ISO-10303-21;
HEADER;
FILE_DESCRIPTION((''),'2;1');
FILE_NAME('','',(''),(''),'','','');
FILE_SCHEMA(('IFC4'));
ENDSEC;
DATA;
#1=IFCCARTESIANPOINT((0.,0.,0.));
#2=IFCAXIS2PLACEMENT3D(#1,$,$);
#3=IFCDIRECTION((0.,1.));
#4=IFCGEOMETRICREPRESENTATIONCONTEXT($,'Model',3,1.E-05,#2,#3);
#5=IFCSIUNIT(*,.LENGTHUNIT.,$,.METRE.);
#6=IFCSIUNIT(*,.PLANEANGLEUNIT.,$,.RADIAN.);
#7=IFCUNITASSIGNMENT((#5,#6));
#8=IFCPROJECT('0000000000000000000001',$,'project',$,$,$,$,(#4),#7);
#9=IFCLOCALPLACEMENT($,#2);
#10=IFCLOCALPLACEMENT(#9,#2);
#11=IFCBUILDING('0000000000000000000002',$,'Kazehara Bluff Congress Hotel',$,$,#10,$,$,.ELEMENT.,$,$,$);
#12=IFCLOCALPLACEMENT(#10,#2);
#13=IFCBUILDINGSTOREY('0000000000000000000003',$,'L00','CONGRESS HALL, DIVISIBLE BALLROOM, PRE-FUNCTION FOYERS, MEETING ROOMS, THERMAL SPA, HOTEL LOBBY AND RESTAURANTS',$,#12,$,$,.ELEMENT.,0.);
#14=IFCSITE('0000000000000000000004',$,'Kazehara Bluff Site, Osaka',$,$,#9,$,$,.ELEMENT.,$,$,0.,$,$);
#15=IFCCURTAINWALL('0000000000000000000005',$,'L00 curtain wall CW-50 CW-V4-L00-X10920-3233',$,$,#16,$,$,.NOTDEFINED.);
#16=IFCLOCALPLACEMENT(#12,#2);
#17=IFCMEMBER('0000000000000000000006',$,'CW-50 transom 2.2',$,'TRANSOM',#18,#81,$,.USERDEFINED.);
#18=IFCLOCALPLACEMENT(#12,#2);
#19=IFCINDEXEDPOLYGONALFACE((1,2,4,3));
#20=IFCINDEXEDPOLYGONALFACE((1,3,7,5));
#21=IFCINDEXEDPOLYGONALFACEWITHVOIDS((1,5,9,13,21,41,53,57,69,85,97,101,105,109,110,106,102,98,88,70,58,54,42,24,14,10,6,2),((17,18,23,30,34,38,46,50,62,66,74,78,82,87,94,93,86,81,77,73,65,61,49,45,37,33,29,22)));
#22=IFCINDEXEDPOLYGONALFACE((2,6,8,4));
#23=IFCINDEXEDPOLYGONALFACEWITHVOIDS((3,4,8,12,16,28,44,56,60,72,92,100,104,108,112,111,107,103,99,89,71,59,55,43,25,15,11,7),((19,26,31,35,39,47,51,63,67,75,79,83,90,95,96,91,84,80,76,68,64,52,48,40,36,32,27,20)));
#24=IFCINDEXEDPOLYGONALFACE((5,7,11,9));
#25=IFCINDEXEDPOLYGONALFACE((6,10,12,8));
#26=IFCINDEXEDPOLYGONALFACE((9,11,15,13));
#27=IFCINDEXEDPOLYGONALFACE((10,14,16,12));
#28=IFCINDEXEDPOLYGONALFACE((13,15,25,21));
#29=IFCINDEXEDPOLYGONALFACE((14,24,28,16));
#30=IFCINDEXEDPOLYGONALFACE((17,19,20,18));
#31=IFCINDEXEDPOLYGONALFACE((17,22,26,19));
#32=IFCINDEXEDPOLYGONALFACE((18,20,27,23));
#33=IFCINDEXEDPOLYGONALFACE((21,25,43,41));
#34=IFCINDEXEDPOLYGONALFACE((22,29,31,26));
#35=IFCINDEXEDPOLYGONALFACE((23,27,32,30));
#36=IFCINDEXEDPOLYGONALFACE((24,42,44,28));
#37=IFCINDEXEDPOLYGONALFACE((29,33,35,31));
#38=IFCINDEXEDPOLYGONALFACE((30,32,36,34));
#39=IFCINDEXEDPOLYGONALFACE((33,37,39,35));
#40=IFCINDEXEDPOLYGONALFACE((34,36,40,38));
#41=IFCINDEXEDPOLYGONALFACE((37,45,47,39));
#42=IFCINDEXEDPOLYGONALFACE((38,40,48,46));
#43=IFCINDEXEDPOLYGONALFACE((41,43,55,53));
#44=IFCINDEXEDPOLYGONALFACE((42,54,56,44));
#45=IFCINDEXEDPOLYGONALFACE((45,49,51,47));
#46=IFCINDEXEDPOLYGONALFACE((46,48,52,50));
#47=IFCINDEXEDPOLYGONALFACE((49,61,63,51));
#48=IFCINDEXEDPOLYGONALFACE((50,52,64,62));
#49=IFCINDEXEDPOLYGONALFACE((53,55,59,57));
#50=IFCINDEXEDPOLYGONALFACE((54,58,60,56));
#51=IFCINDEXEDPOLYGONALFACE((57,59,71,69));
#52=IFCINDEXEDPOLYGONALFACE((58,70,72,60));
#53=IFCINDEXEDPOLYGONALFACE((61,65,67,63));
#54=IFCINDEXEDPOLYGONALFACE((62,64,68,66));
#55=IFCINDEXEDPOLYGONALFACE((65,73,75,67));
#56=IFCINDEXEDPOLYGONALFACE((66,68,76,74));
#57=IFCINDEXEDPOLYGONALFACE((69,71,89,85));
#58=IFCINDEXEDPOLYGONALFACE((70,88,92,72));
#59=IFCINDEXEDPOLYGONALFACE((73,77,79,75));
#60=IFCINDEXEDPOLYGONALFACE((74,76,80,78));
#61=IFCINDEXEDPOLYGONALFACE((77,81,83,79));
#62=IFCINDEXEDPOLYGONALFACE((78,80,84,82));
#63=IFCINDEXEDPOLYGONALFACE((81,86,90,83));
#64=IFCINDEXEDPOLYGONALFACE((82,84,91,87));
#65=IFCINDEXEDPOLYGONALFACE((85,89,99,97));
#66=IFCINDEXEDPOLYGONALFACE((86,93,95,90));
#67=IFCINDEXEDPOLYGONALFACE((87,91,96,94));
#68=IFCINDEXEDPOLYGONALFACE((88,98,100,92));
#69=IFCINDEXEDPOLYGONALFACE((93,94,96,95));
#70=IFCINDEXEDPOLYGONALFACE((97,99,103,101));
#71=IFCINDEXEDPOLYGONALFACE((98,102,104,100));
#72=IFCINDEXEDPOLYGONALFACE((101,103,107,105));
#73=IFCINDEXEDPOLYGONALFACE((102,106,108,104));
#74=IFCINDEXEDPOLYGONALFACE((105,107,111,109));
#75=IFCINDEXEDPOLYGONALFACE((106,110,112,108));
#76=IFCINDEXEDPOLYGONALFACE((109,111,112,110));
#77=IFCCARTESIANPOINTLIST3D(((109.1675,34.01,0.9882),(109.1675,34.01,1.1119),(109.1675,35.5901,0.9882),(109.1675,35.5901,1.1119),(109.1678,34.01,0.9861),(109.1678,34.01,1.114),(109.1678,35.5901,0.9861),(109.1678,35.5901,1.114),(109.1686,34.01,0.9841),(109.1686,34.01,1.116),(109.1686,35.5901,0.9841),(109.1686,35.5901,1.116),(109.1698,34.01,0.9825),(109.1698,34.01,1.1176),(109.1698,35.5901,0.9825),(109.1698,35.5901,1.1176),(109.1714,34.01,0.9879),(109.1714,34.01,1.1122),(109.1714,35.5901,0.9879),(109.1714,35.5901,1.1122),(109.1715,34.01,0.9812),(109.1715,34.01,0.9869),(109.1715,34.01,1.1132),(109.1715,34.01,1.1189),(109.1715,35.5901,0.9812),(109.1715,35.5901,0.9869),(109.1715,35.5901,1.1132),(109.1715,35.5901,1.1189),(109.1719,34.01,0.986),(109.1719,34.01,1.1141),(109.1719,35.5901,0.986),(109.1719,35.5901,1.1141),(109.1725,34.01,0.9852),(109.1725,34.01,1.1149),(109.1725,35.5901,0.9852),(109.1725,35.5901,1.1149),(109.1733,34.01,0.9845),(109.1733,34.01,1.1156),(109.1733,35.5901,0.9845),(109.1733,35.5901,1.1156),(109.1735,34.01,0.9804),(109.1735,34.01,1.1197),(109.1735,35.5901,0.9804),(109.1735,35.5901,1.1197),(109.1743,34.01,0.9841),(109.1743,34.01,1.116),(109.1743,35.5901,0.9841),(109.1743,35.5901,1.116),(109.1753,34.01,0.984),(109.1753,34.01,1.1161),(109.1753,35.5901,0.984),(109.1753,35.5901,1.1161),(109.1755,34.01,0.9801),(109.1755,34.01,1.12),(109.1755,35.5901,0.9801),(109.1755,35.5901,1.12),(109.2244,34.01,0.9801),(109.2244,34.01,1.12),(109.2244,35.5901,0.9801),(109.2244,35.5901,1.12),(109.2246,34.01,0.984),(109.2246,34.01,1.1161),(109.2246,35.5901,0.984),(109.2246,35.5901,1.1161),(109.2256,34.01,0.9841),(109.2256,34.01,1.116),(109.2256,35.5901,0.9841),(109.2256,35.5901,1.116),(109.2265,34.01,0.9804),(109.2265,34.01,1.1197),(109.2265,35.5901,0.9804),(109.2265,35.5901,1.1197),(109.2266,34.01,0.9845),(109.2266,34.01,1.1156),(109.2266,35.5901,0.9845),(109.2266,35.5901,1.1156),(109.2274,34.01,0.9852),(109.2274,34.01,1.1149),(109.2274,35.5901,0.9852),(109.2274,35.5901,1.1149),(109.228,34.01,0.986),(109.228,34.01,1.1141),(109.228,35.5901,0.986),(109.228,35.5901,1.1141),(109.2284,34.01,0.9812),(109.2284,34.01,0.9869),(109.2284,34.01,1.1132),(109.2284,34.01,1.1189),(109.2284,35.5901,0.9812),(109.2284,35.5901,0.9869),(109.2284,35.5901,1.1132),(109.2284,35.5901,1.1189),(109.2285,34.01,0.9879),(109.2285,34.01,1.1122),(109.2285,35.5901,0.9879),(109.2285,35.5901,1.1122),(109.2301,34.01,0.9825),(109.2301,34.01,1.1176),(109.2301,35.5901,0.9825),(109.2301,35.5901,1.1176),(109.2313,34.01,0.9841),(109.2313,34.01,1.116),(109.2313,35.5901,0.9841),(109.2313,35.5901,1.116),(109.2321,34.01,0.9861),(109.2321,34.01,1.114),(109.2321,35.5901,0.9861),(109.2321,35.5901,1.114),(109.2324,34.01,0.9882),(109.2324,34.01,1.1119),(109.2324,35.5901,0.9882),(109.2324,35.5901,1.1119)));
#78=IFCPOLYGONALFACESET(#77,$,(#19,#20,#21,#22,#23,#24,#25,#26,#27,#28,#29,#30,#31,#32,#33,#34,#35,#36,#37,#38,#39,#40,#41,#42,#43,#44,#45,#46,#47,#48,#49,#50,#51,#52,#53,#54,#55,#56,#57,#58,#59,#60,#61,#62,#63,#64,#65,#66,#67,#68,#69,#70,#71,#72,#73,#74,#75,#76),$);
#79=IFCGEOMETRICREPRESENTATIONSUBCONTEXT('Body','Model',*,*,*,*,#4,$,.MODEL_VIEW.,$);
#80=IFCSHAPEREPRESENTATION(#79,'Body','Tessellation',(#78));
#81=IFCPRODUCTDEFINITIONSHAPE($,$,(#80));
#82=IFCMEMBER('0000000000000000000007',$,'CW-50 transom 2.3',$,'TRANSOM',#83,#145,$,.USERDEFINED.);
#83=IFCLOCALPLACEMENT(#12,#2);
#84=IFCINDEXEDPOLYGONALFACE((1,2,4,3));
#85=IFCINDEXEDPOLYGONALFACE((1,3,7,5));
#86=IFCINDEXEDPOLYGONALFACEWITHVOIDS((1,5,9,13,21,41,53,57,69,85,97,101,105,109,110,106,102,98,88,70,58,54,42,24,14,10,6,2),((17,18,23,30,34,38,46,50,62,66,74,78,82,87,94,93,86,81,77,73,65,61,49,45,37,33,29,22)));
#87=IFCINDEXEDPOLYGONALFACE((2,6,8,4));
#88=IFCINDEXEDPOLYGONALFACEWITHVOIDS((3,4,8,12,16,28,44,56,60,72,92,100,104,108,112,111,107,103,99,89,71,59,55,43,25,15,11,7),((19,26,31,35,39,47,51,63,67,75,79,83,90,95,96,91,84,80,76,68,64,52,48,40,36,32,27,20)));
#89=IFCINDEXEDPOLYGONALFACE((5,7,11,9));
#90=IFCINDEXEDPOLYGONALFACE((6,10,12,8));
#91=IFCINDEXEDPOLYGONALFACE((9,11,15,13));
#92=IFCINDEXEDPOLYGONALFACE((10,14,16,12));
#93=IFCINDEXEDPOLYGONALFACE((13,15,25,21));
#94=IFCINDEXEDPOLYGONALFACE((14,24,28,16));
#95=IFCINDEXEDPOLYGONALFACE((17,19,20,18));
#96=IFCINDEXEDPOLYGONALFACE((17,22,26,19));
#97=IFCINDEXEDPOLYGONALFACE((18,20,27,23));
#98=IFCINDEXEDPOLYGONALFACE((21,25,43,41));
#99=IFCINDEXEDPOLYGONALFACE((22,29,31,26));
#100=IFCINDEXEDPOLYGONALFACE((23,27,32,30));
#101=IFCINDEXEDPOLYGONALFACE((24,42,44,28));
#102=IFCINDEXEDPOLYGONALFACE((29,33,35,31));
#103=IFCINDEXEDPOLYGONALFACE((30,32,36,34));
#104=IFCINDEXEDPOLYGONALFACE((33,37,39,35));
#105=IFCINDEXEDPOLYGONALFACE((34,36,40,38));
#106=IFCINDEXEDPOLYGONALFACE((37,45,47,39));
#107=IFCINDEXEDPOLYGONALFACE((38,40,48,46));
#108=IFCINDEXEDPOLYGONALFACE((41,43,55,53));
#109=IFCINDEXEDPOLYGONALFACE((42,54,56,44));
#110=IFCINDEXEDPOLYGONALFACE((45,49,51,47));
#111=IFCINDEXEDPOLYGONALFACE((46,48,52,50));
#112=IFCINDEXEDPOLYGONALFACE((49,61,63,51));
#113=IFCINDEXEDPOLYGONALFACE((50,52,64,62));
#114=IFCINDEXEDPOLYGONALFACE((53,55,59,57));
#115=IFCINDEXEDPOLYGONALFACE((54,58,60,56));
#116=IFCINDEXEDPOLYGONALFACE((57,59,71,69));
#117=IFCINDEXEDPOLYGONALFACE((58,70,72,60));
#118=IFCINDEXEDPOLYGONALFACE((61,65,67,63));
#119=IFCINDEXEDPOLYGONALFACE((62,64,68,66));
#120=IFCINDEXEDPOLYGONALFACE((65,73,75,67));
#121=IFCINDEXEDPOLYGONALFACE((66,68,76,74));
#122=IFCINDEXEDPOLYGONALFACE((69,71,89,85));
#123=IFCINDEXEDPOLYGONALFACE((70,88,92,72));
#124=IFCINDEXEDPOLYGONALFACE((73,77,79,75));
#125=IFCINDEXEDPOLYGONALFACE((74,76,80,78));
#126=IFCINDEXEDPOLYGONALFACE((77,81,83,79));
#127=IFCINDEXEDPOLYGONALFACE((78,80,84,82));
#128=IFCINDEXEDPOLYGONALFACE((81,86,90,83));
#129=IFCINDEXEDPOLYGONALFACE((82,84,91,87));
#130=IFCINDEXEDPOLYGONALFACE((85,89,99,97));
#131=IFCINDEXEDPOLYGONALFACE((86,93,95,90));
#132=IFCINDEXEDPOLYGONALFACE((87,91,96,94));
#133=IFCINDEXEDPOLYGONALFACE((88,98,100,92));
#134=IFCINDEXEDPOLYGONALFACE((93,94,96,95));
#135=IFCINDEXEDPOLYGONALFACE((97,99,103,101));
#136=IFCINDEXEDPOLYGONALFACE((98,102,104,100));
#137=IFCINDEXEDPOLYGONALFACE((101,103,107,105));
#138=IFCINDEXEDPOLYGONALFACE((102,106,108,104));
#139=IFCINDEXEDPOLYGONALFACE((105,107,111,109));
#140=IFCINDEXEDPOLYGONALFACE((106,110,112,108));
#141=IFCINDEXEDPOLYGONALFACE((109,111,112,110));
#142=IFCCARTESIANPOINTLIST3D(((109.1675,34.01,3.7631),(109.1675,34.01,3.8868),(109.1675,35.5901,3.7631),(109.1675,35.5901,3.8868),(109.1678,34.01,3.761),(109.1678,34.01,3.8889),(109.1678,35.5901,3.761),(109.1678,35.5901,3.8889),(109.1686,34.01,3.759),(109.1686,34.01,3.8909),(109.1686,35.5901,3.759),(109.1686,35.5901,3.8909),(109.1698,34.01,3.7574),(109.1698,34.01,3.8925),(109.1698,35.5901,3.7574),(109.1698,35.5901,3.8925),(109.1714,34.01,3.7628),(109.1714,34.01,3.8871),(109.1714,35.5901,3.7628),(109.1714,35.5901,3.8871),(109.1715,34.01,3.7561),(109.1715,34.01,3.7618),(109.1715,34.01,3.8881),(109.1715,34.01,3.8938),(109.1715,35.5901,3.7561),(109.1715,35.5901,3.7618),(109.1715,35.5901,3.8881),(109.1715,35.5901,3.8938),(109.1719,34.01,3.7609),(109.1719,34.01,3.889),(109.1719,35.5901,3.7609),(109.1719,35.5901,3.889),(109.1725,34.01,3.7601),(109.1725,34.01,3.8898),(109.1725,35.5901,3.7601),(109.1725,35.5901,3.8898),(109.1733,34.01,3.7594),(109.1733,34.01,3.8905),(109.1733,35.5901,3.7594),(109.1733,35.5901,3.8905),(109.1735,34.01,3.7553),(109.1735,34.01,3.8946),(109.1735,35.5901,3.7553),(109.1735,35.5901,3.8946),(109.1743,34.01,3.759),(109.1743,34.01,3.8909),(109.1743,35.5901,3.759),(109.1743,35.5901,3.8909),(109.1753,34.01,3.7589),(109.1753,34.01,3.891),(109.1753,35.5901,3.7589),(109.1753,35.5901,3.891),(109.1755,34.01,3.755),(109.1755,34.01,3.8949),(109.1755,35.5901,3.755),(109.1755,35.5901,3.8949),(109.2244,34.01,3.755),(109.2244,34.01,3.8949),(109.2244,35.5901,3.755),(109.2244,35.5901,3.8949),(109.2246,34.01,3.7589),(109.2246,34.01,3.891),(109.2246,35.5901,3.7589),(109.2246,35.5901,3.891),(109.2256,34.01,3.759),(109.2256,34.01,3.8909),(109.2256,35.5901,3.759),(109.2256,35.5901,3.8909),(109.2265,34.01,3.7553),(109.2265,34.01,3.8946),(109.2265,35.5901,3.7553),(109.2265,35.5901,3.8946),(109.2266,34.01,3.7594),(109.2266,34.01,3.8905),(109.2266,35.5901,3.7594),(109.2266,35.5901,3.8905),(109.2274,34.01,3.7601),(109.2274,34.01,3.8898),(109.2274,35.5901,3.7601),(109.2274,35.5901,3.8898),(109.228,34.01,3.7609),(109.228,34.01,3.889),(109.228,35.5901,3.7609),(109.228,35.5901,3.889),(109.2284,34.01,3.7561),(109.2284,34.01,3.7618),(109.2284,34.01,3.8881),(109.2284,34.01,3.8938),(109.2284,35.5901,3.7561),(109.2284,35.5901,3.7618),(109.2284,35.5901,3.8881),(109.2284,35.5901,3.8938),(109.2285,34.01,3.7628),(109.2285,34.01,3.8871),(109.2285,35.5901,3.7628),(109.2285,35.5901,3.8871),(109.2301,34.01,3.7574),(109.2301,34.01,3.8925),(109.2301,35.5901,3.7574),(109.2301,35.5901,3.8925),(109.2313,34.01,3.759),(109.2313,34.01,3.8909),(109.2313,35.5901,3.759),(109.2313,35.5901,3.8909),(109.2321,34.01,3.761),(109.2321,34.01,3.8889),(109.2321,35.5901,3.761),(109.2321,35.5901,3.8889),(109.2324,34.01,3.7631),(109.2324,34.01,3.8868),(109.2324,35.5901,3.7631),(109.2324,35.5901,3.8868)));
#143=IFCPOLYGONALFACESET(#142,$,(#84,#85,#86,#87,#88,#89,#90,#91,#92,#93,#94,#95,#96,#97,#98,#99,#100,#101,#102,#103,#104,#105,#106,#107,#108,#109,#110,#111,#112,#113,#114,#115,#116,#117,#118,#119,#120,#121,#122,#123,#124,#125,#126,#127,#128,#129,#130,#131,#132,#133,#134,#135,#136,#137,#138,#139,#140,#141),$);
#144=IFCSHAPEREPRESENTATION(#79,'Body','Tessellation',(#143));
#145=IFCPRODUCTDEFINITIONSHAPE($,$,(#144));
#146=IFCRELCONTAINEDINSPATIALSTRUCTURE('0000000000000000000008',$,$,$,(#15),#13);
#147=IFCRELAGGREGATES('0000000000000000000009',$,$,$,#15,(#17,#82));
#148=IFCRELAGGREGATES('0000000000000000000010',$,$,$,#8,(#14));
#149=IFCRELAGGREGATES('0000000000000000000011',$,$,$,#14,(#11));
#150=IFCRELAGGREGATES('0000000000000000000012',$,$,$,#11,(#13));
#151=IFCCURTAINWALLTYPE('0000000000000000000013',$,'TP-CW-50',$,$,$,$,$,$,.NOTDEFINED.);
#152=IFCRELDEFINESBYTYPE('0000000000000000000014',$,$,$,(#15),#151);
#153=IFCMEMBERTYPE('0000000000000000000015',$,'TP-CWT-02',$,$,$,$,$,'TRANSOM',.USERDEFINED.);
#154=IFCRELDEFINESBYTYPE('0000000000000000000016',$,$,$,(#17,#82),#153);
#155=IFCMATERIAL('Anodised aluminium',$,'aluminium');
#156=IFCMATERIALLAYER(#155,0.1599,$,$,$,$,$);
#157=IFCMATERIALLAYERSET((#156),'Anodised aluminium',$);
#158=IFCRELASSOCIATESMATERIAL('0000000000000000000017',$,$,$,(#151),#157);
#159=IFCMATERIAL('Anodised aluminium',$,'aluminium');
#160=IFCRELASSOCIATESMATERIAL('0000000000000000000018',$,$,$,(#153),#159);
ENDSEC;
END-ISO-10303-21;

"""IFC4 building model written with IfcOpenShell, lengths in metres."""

from ifc_helpers import new_model, si_unit, direction, frame, origin, origin_2d, place, context, subcontext, project, spatial, hollow_rectangle, extrude, material, layer, layer_set, material_profile, profile_set, type_object, element, aggregate, save


model = new_model("IFC4")

# Units and contexts
model_context = context("Model", 3, precision=1e-05, world=origin(), true_north=direction((0.0, 1.0)))
body_context = subcontext(model_context, "Body", "Model", "MODEL_VIEW")
ifc_project = project(units=[si_unit("LENGTHUNIT", "METRE"), si_unit("PLANEANGLEUNIT", "RADIAN")], contexts=[model_context])

# Site, building, storey
site_placement = place(None, origin())
site = spatial("IfcSite", under=ifc_project, at=site_placement, Name="Kazehara Bluff Site, Osaka", CompositionType="ELEMENT", RefElevation=0.0)
building_placement = place(site_placement, origin())
building = spatial("IfcBuilding", under=site, at=building_placement, Name="Kazehara Bluff Congress Hotel", CompositionType="ELEMENT")
storey_placement = place(building_placement, origin())
storey = spatial("IfcBuildingStorey", under=building, at=storey_placement, Name="L00", Description="CONGRESS HALL, DIVISIBLE BALLROOM, PRE-FUNCTION FOYERS, MEETING ROOMS, THERMAL SPA, HOTEL LOBBY AND RESTAURANTS", CompositionType="ELEMENT", Elevation=0.0)

# Curtain wall, members
ifc_material_1 = material(Name="Anodised aluminium", Category="aluminium")
ifc_layer_1 = layer(ifc_material_1, 0.1599)
ifc_layer_set_1 = layer_set([ifc_layer_1], Name="Anodised aluminium")
curtain_wall_type_1 = type_object("IfcCurtainWallType", Name="TP-CW-50", PredefinedType="NOTDEFINED", material=ifc_layer_set_1)
curtain_wall_1_placement = place(storey_placement, origin())
curtain_wall_1 = element("IfcCurtainWall", 1, at=curtain_wall_1_placement, inside=storey, type_object=curtain_wall_type_1, Name="L00 curtain wall CW-50 CW-V4-L00-X10920-3233", PredefinedType="NOTDEFINED")
ifc_material_2 = material(Name="Anodised aluminium", Category="aluminium")
ifc_material_profile_1 = material_profile(ifc_material_2, hollow_rectangle(XDim=0.0649, YDim=0.1399, WallThickness=0.0039, InnerFilletRadius=0.0039, OuterFilletRadius=0.0081, at=origin_2d()))
ifc_profile_set_1 = profile_set([ifc_material_profile_1], Name="Anodised aluminium")
member_type_1 = type_object("IfcMemberType", Name="TP-CWT-02", ElementType="TRANSOM", PredefinedType="USERDEFINED", material=ifc_profile_set_1)
member_1_placement = place(storey_placement, frame((109.2, 34.01, 1.05), z_axis=(0.0, 1.0, 0.0), x_axis=(-1.0, 0.0, 0.0)))
member_1 = element("IfcMember", 2, at=member_1_placement, type_object=member_type_1, Name="CW-50 transom 2.2", ObjectType="TRANSOM", PredefinedType="USERDEFINED", context=body_context, shape_type="SweptSolid", body=[
    extrude(hollow_rectangle(XDim=0.0649, YDim=0.1399, WallThickness=0.0039, InnerFilletRadius=0.0039, OuterFilletRadius=0.0081, at=origin_2d()), origin(), (0.0, 0.0, 1.0), 1.5801),
])
member_2_placement = place(storey_placement, frame((109.2, 34.01, 3.825), z_axis=(0.0, 1.0, 0.0), x_axis=(-1.0, 0.0, 0.0)))
member_2 = element("IfcMember", 3, at=member_2_placement, type_object=member_type_1, Name="CW-50 transom 2.3", ObjectType="TRANSOM", PredefinedType="USERDEFINED", context=body_context, shape_type="SweptSolid", body=[
    extrude(hollow_rectangle(XDim=0.0649, YDim=0.1399, WallThickness=0.0039, InnerFilletRadius=0.0039, OuterFilletRadius=0.0081, at=origin_2d()), origin(), (0.0, 0.0, 1.0), 1.5801),
])

aggregate(curtain_wall_1, [member_1, member_2])

save(model, "model.ifc")
